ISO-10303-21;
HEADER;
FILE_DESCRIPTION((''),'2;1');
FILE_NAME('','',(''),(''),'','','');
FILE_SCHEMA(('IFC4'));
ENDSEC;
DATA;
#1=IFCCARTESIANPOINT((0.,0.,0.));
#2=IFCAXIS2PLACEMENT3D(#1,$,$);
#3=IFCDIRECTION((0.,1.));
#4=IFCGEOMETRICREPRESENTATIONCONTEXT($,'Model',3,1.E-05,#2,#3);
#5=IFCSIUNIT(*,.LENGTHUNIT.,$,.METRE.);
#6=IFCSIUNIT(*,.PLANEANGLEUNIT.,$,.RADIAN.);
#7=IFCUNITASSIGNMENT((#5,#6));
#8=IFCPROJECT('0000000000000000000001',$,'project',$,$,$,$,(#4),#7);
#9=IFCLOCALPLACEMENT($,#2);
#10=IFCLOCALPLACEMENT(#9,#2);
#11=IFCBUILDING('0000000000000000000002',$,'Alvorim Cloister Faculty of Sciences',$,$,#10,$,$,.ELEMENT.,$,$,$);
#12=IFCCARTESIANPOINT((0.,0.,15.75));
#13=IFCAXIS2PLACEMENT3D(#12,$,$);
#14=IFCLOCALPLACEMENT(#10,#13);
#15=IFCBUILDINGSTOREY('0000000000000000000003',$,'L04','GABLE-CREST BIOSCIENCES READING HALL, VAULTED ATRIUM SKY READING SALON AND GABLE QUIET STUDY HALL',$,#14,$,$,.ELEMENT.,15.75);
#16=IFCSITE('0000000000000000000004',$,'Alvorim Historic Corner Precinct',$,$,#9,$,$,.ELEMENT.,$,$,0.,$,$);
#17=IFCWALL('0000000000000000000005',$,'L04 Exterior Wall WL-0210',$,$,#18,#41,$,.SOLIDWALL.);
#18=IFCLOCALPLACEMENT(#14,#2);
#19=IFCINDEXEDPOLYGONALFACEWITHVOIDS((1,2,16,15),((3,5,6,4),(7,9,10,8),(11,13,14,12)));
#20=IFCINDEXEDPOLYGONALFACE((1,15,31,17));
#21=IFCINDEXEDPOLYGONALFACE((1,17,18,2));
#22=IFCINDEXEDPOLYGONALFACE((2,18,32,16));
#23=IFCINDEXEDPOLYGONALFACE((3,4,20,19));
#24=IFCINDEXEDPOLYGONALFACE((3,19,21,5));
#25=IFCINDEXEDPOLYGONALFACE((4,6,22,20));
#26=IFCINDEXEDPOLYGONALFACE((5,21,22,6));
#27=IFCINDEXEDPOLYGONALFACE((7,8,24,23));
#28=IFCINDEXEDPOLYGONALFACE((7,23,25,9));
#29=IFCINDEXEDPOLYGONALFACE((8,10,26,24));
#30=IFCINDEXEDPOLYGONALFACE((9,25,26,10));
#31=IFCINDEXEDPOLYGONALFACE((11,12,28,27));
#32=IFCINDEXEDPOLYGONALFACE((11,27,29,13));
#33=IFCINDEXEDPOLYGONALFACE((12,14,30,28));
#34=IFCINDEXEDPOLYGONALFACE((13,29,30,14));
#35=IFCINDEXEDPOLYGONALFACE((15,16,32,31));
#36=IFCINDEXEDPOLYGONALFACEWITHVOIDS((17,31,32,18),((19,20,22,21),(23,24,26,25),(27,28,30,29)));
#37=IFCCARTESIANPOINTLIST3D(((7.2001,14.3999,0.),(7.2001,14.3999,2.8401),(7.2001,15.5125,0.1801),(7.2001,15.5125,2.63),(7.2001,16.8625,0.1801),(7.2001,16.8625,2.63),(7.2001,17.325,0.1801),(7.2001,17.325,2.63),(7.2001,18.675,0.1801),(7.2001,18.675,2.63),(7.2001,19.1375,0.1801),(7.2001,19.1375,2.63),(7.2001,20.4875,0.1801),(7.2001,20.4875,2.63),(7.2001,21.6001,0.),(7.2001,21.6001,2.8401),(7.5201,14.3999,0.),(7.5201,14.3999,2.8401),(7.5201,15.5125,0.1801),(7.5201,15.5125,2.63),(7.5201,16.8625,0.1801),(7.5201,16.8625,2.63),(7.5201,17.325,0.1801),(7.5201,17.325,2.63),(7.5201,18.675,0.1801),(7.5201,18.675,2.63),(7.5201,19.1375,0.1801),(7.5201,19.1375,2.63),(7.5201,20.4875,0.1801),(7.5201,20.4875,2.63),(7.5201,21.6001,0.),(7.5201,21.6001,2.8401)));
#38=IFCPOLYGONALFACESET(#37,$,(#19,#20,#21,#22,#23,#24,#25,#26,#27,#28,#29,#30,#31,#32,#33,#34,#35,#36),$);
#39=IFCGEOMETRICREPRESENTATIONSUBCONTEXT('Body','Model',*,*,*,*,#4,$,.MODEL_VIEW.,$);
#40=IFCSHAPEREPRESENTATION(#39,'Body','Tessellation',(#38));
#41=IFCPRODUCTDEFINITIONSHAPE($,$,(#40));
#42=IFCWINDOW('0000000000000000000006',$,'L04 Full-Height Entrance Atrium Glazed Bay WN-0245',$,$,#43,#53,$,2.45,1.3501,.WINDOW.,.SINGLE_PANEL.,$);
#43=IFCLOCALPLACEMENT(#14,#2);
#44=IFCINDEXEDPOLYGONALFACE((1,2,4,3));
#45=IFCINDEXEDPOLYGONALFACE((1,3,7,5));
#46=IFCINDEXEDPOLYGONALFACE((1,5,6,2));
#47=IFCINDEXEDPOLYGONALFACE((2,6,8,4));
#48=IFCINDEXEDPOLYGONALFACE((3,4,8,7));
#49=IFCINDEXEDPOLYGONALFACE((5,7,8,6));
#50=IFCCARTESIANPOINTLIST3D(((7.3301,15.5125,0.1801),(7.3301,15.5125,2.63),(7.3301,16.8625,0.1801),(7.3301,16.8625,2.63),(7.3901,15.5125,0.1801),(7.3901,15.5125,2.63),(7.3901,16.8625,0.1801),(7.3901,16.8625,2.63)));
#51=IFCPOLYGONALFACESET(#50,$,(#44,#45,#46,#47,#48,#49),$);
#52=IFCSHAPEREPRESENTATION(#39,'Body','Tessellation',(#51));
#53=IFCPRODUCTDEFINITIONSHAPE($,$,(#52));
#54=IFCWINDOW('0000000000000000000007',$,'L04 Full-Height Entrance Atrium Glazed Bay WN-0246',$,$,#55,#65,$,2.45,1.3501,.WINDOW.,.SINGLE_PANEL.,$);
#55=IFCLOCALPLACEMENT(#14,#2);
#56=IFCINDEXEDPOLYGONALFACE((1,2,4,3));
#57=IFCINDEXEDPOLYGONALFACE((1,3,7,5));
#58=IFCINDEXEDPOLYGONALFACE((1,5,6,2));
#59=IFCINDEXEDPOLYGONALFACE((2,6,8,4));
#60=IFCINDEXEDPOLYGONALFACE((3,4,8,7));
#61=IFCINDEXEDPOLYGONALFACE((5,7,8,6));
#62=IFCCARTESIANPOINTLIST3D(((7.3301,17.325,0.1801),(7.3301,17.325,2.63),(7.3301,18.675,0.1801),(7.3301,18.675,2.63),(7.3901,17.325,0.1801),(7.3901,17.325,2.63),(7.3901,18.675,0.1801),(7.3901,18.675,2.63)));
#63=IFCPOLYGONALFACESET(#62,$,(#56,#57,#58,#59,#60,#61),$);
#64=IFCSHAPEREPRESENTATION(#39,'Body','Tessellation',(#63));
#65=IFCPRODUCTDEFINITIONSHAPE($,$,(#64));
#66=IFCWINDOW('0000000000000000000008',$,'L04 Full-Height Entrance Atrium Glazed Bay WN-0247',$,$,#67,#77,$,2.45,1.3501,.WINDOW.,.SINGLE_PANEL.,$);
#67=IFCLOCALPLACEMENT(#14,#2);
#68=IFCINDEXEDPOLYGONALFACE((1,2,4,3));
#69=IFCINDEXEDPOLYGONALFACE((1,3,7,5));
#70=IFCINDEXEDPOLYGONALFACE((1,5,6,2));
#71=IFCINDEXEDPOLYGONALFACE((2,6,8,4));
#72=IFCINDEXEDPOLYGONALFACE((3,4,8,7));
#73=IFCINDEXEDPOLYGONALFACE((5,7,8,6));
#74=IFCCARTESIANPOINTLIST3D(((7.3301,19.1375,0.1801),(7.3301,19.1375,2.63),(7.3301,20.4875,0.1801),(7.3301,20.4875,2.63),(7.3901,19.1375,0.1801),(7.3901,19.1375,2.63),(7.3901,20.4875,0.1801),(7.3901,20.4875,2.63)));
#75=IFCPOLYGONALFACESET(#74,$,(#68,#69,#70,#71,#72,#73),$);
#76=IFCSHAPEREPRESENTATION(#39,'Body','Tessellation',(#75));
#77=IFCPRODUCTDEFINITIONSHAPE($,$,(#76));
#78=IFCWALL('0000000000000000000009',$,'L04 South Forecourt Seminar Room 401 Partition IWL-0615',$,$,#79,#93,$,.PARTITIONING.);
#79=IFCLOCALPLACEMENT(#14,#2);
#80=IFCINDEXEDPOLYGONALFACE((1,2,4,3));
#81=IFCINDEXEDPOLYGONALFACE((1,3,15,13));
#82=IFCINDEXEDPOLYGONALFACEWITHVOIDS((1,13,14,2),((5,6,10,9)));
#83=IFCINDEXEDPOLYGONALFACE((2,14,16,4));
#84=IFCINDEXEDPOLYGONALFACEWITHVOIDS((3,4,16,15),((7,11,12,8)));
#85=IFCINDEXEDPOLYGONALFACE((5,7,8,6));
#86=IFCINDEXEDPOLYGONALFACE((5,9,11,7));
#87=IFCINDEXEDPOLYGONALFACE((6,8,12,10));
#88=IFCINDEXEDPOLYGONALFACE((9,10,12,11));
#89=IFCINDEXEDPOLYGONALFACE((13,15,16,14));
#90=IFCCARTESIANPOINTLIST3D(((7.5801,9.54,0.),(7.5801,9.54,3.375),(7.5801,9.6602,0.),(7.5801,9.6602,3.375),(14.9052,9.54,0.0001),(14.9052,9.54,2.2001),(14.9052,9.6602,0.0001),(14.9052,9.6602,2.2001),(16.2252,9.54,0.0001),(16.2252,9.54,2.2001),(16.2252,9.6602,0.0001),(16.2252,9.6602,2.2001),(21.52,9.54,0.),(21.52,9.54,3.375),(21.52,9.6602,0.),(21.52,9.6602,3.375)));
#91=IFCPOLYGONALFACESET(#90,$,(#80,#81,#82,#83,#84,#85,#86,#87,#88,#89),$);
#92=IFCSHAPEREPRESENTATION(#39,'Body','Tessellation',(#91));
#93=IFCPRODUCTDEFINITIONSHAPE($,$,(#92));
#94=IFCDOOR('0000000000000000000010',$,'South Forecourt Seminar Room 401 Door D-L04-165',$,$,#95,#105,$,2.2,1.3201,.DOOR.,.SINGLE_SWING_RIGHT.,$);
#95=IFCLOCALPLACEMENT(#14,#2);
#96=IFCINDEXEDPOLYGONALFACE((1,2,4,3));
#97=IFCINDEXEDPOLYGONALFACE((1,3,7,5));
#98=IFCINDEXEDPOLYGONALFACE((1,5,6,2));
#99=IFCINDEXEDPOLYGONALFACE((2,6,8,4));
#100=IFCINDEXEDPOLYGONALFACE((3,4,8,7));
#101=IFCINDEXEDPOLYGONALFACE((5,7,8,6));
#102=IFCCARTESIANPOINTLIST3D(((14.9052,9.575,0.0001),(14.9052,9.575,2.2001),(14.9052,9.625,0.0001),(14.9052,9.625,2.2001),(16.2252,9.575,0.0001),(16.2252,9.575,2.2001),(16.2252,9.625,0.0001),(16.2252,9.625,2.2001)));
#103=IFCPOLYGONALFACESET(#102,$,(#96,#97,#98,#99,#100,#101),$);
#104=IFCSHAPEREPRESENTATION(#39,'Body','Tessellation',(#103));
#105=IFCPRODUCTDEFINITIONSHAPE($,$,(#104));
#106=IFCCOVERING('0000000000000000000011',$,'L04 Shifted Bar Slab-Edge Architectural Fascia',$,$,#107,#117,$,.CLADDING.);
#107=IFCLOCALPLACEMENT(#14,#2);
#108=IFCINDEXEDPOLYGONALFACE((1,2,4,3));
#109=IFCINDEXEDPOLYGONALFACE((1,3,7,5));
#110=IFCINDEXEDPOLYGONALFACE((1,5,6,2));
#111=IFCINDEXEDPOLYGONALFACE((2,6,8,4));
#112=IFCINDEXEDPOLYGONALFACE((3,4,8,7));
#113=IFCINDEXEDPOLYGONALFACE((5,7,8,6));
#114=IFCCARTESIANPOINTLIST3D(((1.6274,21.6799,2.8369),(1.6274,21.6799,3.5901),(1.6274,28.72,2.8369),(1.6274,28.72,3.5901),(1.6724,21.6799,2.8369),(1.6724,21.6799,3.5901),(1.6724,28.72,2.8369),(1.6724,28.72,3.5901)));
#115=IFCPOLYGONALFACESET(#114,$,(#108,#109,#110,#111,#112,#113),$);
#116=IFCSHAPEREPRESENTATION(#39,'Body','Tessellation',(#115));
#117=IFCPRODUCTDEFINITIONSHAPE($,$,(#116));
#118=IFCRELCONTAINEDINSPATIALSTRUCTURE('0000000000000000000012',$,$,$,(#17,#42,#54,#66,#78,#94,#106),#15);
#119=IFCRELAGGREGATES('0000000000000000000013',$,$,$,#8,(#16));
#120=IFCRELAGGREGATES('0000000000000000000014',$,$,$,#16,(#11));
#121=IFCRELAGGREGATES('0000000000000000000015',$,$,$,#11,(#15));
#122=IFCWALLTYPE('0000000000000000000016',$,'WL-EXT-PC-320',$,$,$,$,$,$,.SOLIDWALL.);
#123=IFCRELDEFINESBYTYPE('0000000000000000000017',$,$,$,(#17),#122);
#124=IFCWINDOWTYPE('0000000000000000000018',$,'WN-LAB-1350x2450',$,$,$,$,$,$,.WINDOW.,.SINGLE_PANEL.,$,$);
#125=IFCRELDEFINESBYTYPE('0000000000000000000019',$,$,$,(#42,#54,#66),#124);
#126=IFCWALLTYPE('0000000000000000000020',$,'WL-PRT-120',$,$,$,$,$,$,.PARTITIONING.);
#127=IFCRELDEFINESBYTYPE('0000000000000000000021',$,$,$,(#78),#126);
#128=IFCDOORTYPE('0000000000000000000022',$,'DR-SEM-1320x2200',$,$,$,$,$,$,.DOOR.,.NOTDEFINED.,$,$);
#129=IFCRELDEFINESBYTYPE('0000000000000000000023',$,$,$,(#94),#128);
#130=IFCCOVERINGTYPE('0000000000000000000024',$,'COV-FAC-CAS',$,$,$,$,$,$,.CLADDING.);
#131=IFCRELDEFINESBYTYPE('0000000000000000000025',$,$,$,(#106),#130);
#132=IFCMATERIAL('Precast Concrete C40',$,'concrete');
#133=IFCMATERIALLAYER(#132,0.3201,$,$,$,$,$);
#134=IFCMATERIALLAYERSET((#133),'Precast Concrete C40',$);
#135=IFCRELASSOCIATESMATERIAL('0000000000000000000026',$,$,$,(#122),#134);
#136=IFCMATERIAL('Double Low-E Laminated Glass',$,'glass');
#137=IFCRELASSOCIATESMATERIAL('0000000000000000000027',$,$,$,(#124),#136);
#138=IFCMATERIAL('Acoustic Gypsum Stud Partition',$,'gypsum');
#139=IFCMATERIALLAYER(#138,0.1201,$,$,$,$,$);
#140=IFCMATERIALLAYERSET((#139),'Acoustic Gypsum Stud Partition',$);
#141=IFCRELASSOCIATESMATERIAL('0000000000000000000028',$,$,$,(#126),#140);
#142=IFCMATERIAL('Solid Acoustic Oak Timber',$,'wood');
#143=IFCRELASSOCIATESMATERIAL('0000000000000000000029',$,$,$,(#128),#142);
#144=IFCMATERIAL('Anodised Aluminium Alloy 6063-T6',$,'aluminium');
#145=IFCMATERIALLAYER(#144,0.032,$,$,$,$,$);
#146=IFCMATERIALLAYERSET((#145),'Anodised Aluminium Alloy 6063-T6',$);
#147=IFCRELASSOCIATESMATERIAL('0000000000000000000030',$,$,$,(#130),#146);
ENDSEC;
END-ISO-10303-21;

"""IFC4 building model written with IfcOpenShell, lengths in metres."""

from ifc_helpers import new_model, si_unit, direction, frame, frame_2d, origin, place, context, subcontext, project, spatial, polyline, rectangle, outline, extrude, material, layer, layer_set, type_object, element, fill, save


model = new_model("IFC4")

# Units and contexts
model_context = context("Model", 3, precision=1e-05, world=origin(), true_north=direction((0.0, 1.0)))
body_context = subcontext(model_context, "Body", "Model", "MODEL_VIEW")
ifc_project = project(units=[si_unit("LENGTHUNIT", "METRE"), si_unit("PLANEANGLEUNIT", "RADIAN")], contexts=[model_context])

# Site, building, storey
site_placement = place(None, origin())
site = spatial("IfcSite", under=ifc_project, at=site_placement, Name="Alvorim Historic Corner Precinct", CompositionType="ELEMENT", RefElevation=0.0)
building_placement = place(site_placement, origin())
building = spatial("IfcBuilding", under=site, at=building_placement, Name="Alvorim Cloister Faculty of Sciences", CompositionType="ELEMENT")
storey_placement = place(building_placement, frame((0.0, 0.0, 15.75)))
storey = spatial("IfcBuildingStorey", under=building, at=storey_placement, Name="L04", Description="GABLE-CREST BIOSCIENCES READING HALL, VAULTED ATRIUM SKY READING SALON AND GABLE QUIET STUDY HALL", CompositionType="ELEMENT", Elevation=15.75)

# Shared definitions
ifc_material_1 = material(Name="Double Low-E Laminated Glass", Category="glass")

# Wall, openings, windows
ifc_material_2 = material(Name="Precast Concrete C40", Category="concrete")
ifc_layer_1 = layer(ifc_material_2, 0.3201)
ifc_layer_set_1 = layer_set([ifc_layer_1], Name="Precast Concrete C40")
wall_type_1 = type_object("IfcWallType", Name="WL-EXT-PC-320", PredefinedType="SOLIDWALL", material=ifc_layer_set_1)
wall_1_placement = place(storey_placement, frame((7.3601, 14.3999, 0.0), z_axis=(0.0, 0.0, 1.0), x_axis=(0.0, 1.0, 0.0)))
wall_1 = element("IfcWall", 1, at=wall_1_placement, inside=storey, type_object=wall_type_1, Name="L04 Exterior Wall WL-0210", PredefinedType="SOLIDWALL", context=body_context, shape_type="SweptSolid", body=[
    extrude(rectangle(XDim=7.2002, YDim=0.3201, at=frame_2d((3.6001, 0.0))), origin(), (0.0, 0.0, 1.0), 2.8401),
])
opening_1_placement = place(wall_1_placement, frame((1.1125, 0.0, 0.1799)))
opening_1 = element("IfcOpeningElement", 2, at=opening_1_placement, cuts=wall_1, PredefinedType="OPENING", context=body_context, shape_type="SweptSolid", body=[
    extrude(rectangle(XDim=1.3501, YDim=2.45, at=frame_2d((0.675, 1.2251))), frame((0.0, 0.1719, 0.0), z_axis=(0.0, -1.0, 0.0), x_axis=(1.0, 0.0, 0.0)), (0.0, 0.0, 1.0), 0.344),
])
opening_2_placement = place(wall_1_placement, frame((2.925, 0.0, 0.1799)))
opening_2 = element("IfcOpeningElement", 3, at=opening_2_placement, cuts=wall_1, PredefinedType="OPENING", context=body_context, shape_type="SweptSolid", body=[
    extrude(rectangle(XDim=1.3501, YDim=2.45, at=frame_2d((0.675, 1.2251))), frame((0.0, 0.1719, 0.0), z_axis=(0.0, -1.0, 0.0), x_axis=(1.0, 0.0, 0.0)), (0.0, 0.0, 1.0), 0.344),
])
opening_3_placement = place(wall_1_placement, frame((4.7375, 0.0, 0.1799)))
opening_3 = element("IfcOpeningElement", 4, at=opening_3_placement, cuts=wall_1, PredefinedType="OPENING", context=body_context, shape_type="SweptSolid", body=[
    extrude(rectangle(XDim=1.3501, YDim=2.45, at=frame_2d((0.675, 1.2251))), frame((0.0, 0.1719, 0.0), z_axis=(0.0, -1.0, 0.0), x_axis=(1.0, 0.0, 0.0)), (0.0, 0.0, 1.0), 0.344),
])
window_type = type_object("IfcWindowType", Name="WN-LAB-1350x2450", PartitioningType="SINGLE_PANEL", PredefinedType="WINDOW", material=ifc_material_1)
window_1_placement = place(opening_1_placement, origin())
window_1 = element("IfcWindow", 5, at=window_1_placement, inside=storey, type_object=window_type, Name="L04 Full-Height Entrance Atrium Glazed Bay WN-0245", OverallHeight=2.45, OverallWidth=1.3501, PartitioningType="SINGLE_PANEL", PredefinedType="WINDOW", context=body_context, shape_type="SweptSolid", body=[
    extrude(rectangle(XDim=1.3501, YDim=2.45, at=frame_2d((0.675, 1.2251))), frame((0.0, 0.03, 0.0), z_axis=(0.0, -1.0, 0.0), x_axis=(1.0, 0.0, 0.0)), (0.0, 0.0, 1.0), 0.0601),
])
fill(opening_1, window_1)
window_2_placement = place(opening_2_placement, origin())
window_2 = element("IfcWindow", 6, at=window_2_placement, inside=storey, type_object=window_type, Name="L04 Full-Height Entrance Atrium Glazed Bay WN-0246", OverallHeight=2.45, OverallWidth=1.3501, PartitioningType="SINGLE_PANEL", PredefinedType="WINDOW", context=body_context, shape_type="SweptSolid", body=[
    extrude(rectangle(XDim=1.3501, YDim=2.45, at=frame_2d((0.675, 1.2251))), frame((0.0, 0.03, 0.0), z_axis=(0.0, -1.0, 0.0), x_axis=(1.0, 0.0, 0.0)), (0.0, 0.0, 1.0), 0.0601),
])
fill(opening_2, window_2)
window_3_placement = place(opening_3_placement, origin())
window_3 = element("IfcWindow", 7, at=window_3_placement, inside=storey, type_object=window_type, Name="L04 Full-Height Entrance Atrium Glazed Bay WN-0247", OverallHeight=2.45, OverallWidth=1.3501, PartitioningType="SINGLE_PANEL", PredefinedType="WINDOW", context=body_context, shape_type="SweptSolid", body=[
    extrude(rectangle(XDim=1.3501, YDim=2.45, at=frame_2d((0.675, 1.2251))), frame((0.0, 0.03, 0.0), z_axis=(0.0, -1.0, 0.0), x_axis=(1.0, 0.0, 0.0)), (0.0, 0.0, 1.0), 0.0601),
])
fill(opening_3, window_3)

# Wall, opening, door
ifc_material_3 = material(Name="Acoustic Gypsum Stud Partition", Category="gypsum")
ifc_layer_2 = layer(ifc_material_3, 0.1201)
ifc_layer_set_2 = layer_set([ifc_layer_2], Name="Acoustic Gypsum Stud Partition")
wall_type_2 = type_object("IfcWallType", Name="WL-PRT-120", PredefinedType="PARTITIONING", material=ifc_layer_set_2)
wall_2_placement = place(storey_placement, frame((7.5801, 9.6001, 0.0), z_axis=(0.0, 0.0, 1.0), x_axis=(1.0, 0.0, 0.0)))
wall_2 = element("IfcWall", 8, at=wall_2_placement, inside=storey, type_object=wall_type_2, Name="L04 South Forecourt Seminar Room 401 Partition IWL-0615", PredefinedType="PARTITIONING", context=body_context, shape_type="SweptSolid", body=[
    extrude(rectangle(XDim=13.9399, YDim=0.1201, at=frame_2d((6.97, 0.0))), origin(), (0.0, 0.0, 1.0), 3.375),
])
opening_4_placement = place(wall_2_placement, frame((7.325, 0.0, 0.0)))
opening_4 = element("IfcOpeningElement", 9, at=opening_4_placement, cuts=wall_2, PredefinedType="OPENING", context=body_context, shape_type="SweptSolid", body=[
    extrude(rectangle(XDim=1.3201, YDim=2.2, at=frame_2d((0.6602, 1.1001))), frame((0.0, 0.072, 0.0), z_axis=(0.0, -1.0, 0.0), x_axis=(1.0, 0.0, 0.0)), (0.0, 0.0, 1.0), 0.144),
])
ifc_material_4 = material(Name="Solid Acoustic Oak Timber", Category="wood")
door_type = type_object("IfcDoorType", Name="DR-SEM-1320x2200", OperationType="NOTDEFINED", PredefinedType="DOOR", material=ifc_material_4)
door_placement = place(opening_4_placement, origin())
door = element("IfcDoor", 10, at=door_placement, inside=storey, type_object=door_type, Name="South Forecourt Seminar Room 401 Door D-L04-165", OperationType="SINGLE_SWING_RIGHT", OverallHeight=2.2, OverallWidth=1.3201, PredefinedType="DOOR", context=body_context, shape_type="SweptSolid", body=[
    extrude(rectangle(XDim=1.3201, YDim=2.2, at=frame_2d((0.6602, 1.1001))), frame((0.0, 0.0249, 0.0), z_axis=(0.0, -1.0, 0.0), x_axis=(1.0, 0.0, 0.0)), (0.0, 0.0, 1.0), 0.05),
])
fill(opening_4, door)

# Covering
ifc_material_5 = material(Name="Anodised Aluminium Alloy 6063-T6", Category="aluminium")
ifc_layer_3 = layer(ifc_material_5, 0.032)
ifc_layer_set_3 = layer_set([ifc_layer_3], Name="Anodised Aluminium Alloy 6063-T6")
covering_type = type_object("IfcCoveringType", Name="COV-FAC-CAS", PredefinedType="CLADDING", material=ifc_layer_set_3)
covering_placement = place(storey_placement, frame((1.6499, 21.6799, 2.8369), z_axis=(0.0, 0.0, 1.0), x_axis=(0.0, 1.0, 0.0)))
element("IfcCovering", 11, at=covering_placement, inside=storey, type_object=covering_type, Name="L04 Shifted Bar Slab-Edge Architectural Fascia", PredefinedType="CLADDING", context=body_context, shape_type="SweptSolid", body=[
    extrude(outline(polyline([(0.0, 0.0), (7.04, 0.0), (7.04, 0.7532), (0.0, 0.7532), (0.0, 0.0)])), frame((0.0, 0.0225, 0.0), z_axis=(0.0, -1.0, 0.0), x_axis=(1.0, 0.0, 0.0)), (0.0, 0.0, 1.0), 0.0449),
])

save(model, "model.ifc")
